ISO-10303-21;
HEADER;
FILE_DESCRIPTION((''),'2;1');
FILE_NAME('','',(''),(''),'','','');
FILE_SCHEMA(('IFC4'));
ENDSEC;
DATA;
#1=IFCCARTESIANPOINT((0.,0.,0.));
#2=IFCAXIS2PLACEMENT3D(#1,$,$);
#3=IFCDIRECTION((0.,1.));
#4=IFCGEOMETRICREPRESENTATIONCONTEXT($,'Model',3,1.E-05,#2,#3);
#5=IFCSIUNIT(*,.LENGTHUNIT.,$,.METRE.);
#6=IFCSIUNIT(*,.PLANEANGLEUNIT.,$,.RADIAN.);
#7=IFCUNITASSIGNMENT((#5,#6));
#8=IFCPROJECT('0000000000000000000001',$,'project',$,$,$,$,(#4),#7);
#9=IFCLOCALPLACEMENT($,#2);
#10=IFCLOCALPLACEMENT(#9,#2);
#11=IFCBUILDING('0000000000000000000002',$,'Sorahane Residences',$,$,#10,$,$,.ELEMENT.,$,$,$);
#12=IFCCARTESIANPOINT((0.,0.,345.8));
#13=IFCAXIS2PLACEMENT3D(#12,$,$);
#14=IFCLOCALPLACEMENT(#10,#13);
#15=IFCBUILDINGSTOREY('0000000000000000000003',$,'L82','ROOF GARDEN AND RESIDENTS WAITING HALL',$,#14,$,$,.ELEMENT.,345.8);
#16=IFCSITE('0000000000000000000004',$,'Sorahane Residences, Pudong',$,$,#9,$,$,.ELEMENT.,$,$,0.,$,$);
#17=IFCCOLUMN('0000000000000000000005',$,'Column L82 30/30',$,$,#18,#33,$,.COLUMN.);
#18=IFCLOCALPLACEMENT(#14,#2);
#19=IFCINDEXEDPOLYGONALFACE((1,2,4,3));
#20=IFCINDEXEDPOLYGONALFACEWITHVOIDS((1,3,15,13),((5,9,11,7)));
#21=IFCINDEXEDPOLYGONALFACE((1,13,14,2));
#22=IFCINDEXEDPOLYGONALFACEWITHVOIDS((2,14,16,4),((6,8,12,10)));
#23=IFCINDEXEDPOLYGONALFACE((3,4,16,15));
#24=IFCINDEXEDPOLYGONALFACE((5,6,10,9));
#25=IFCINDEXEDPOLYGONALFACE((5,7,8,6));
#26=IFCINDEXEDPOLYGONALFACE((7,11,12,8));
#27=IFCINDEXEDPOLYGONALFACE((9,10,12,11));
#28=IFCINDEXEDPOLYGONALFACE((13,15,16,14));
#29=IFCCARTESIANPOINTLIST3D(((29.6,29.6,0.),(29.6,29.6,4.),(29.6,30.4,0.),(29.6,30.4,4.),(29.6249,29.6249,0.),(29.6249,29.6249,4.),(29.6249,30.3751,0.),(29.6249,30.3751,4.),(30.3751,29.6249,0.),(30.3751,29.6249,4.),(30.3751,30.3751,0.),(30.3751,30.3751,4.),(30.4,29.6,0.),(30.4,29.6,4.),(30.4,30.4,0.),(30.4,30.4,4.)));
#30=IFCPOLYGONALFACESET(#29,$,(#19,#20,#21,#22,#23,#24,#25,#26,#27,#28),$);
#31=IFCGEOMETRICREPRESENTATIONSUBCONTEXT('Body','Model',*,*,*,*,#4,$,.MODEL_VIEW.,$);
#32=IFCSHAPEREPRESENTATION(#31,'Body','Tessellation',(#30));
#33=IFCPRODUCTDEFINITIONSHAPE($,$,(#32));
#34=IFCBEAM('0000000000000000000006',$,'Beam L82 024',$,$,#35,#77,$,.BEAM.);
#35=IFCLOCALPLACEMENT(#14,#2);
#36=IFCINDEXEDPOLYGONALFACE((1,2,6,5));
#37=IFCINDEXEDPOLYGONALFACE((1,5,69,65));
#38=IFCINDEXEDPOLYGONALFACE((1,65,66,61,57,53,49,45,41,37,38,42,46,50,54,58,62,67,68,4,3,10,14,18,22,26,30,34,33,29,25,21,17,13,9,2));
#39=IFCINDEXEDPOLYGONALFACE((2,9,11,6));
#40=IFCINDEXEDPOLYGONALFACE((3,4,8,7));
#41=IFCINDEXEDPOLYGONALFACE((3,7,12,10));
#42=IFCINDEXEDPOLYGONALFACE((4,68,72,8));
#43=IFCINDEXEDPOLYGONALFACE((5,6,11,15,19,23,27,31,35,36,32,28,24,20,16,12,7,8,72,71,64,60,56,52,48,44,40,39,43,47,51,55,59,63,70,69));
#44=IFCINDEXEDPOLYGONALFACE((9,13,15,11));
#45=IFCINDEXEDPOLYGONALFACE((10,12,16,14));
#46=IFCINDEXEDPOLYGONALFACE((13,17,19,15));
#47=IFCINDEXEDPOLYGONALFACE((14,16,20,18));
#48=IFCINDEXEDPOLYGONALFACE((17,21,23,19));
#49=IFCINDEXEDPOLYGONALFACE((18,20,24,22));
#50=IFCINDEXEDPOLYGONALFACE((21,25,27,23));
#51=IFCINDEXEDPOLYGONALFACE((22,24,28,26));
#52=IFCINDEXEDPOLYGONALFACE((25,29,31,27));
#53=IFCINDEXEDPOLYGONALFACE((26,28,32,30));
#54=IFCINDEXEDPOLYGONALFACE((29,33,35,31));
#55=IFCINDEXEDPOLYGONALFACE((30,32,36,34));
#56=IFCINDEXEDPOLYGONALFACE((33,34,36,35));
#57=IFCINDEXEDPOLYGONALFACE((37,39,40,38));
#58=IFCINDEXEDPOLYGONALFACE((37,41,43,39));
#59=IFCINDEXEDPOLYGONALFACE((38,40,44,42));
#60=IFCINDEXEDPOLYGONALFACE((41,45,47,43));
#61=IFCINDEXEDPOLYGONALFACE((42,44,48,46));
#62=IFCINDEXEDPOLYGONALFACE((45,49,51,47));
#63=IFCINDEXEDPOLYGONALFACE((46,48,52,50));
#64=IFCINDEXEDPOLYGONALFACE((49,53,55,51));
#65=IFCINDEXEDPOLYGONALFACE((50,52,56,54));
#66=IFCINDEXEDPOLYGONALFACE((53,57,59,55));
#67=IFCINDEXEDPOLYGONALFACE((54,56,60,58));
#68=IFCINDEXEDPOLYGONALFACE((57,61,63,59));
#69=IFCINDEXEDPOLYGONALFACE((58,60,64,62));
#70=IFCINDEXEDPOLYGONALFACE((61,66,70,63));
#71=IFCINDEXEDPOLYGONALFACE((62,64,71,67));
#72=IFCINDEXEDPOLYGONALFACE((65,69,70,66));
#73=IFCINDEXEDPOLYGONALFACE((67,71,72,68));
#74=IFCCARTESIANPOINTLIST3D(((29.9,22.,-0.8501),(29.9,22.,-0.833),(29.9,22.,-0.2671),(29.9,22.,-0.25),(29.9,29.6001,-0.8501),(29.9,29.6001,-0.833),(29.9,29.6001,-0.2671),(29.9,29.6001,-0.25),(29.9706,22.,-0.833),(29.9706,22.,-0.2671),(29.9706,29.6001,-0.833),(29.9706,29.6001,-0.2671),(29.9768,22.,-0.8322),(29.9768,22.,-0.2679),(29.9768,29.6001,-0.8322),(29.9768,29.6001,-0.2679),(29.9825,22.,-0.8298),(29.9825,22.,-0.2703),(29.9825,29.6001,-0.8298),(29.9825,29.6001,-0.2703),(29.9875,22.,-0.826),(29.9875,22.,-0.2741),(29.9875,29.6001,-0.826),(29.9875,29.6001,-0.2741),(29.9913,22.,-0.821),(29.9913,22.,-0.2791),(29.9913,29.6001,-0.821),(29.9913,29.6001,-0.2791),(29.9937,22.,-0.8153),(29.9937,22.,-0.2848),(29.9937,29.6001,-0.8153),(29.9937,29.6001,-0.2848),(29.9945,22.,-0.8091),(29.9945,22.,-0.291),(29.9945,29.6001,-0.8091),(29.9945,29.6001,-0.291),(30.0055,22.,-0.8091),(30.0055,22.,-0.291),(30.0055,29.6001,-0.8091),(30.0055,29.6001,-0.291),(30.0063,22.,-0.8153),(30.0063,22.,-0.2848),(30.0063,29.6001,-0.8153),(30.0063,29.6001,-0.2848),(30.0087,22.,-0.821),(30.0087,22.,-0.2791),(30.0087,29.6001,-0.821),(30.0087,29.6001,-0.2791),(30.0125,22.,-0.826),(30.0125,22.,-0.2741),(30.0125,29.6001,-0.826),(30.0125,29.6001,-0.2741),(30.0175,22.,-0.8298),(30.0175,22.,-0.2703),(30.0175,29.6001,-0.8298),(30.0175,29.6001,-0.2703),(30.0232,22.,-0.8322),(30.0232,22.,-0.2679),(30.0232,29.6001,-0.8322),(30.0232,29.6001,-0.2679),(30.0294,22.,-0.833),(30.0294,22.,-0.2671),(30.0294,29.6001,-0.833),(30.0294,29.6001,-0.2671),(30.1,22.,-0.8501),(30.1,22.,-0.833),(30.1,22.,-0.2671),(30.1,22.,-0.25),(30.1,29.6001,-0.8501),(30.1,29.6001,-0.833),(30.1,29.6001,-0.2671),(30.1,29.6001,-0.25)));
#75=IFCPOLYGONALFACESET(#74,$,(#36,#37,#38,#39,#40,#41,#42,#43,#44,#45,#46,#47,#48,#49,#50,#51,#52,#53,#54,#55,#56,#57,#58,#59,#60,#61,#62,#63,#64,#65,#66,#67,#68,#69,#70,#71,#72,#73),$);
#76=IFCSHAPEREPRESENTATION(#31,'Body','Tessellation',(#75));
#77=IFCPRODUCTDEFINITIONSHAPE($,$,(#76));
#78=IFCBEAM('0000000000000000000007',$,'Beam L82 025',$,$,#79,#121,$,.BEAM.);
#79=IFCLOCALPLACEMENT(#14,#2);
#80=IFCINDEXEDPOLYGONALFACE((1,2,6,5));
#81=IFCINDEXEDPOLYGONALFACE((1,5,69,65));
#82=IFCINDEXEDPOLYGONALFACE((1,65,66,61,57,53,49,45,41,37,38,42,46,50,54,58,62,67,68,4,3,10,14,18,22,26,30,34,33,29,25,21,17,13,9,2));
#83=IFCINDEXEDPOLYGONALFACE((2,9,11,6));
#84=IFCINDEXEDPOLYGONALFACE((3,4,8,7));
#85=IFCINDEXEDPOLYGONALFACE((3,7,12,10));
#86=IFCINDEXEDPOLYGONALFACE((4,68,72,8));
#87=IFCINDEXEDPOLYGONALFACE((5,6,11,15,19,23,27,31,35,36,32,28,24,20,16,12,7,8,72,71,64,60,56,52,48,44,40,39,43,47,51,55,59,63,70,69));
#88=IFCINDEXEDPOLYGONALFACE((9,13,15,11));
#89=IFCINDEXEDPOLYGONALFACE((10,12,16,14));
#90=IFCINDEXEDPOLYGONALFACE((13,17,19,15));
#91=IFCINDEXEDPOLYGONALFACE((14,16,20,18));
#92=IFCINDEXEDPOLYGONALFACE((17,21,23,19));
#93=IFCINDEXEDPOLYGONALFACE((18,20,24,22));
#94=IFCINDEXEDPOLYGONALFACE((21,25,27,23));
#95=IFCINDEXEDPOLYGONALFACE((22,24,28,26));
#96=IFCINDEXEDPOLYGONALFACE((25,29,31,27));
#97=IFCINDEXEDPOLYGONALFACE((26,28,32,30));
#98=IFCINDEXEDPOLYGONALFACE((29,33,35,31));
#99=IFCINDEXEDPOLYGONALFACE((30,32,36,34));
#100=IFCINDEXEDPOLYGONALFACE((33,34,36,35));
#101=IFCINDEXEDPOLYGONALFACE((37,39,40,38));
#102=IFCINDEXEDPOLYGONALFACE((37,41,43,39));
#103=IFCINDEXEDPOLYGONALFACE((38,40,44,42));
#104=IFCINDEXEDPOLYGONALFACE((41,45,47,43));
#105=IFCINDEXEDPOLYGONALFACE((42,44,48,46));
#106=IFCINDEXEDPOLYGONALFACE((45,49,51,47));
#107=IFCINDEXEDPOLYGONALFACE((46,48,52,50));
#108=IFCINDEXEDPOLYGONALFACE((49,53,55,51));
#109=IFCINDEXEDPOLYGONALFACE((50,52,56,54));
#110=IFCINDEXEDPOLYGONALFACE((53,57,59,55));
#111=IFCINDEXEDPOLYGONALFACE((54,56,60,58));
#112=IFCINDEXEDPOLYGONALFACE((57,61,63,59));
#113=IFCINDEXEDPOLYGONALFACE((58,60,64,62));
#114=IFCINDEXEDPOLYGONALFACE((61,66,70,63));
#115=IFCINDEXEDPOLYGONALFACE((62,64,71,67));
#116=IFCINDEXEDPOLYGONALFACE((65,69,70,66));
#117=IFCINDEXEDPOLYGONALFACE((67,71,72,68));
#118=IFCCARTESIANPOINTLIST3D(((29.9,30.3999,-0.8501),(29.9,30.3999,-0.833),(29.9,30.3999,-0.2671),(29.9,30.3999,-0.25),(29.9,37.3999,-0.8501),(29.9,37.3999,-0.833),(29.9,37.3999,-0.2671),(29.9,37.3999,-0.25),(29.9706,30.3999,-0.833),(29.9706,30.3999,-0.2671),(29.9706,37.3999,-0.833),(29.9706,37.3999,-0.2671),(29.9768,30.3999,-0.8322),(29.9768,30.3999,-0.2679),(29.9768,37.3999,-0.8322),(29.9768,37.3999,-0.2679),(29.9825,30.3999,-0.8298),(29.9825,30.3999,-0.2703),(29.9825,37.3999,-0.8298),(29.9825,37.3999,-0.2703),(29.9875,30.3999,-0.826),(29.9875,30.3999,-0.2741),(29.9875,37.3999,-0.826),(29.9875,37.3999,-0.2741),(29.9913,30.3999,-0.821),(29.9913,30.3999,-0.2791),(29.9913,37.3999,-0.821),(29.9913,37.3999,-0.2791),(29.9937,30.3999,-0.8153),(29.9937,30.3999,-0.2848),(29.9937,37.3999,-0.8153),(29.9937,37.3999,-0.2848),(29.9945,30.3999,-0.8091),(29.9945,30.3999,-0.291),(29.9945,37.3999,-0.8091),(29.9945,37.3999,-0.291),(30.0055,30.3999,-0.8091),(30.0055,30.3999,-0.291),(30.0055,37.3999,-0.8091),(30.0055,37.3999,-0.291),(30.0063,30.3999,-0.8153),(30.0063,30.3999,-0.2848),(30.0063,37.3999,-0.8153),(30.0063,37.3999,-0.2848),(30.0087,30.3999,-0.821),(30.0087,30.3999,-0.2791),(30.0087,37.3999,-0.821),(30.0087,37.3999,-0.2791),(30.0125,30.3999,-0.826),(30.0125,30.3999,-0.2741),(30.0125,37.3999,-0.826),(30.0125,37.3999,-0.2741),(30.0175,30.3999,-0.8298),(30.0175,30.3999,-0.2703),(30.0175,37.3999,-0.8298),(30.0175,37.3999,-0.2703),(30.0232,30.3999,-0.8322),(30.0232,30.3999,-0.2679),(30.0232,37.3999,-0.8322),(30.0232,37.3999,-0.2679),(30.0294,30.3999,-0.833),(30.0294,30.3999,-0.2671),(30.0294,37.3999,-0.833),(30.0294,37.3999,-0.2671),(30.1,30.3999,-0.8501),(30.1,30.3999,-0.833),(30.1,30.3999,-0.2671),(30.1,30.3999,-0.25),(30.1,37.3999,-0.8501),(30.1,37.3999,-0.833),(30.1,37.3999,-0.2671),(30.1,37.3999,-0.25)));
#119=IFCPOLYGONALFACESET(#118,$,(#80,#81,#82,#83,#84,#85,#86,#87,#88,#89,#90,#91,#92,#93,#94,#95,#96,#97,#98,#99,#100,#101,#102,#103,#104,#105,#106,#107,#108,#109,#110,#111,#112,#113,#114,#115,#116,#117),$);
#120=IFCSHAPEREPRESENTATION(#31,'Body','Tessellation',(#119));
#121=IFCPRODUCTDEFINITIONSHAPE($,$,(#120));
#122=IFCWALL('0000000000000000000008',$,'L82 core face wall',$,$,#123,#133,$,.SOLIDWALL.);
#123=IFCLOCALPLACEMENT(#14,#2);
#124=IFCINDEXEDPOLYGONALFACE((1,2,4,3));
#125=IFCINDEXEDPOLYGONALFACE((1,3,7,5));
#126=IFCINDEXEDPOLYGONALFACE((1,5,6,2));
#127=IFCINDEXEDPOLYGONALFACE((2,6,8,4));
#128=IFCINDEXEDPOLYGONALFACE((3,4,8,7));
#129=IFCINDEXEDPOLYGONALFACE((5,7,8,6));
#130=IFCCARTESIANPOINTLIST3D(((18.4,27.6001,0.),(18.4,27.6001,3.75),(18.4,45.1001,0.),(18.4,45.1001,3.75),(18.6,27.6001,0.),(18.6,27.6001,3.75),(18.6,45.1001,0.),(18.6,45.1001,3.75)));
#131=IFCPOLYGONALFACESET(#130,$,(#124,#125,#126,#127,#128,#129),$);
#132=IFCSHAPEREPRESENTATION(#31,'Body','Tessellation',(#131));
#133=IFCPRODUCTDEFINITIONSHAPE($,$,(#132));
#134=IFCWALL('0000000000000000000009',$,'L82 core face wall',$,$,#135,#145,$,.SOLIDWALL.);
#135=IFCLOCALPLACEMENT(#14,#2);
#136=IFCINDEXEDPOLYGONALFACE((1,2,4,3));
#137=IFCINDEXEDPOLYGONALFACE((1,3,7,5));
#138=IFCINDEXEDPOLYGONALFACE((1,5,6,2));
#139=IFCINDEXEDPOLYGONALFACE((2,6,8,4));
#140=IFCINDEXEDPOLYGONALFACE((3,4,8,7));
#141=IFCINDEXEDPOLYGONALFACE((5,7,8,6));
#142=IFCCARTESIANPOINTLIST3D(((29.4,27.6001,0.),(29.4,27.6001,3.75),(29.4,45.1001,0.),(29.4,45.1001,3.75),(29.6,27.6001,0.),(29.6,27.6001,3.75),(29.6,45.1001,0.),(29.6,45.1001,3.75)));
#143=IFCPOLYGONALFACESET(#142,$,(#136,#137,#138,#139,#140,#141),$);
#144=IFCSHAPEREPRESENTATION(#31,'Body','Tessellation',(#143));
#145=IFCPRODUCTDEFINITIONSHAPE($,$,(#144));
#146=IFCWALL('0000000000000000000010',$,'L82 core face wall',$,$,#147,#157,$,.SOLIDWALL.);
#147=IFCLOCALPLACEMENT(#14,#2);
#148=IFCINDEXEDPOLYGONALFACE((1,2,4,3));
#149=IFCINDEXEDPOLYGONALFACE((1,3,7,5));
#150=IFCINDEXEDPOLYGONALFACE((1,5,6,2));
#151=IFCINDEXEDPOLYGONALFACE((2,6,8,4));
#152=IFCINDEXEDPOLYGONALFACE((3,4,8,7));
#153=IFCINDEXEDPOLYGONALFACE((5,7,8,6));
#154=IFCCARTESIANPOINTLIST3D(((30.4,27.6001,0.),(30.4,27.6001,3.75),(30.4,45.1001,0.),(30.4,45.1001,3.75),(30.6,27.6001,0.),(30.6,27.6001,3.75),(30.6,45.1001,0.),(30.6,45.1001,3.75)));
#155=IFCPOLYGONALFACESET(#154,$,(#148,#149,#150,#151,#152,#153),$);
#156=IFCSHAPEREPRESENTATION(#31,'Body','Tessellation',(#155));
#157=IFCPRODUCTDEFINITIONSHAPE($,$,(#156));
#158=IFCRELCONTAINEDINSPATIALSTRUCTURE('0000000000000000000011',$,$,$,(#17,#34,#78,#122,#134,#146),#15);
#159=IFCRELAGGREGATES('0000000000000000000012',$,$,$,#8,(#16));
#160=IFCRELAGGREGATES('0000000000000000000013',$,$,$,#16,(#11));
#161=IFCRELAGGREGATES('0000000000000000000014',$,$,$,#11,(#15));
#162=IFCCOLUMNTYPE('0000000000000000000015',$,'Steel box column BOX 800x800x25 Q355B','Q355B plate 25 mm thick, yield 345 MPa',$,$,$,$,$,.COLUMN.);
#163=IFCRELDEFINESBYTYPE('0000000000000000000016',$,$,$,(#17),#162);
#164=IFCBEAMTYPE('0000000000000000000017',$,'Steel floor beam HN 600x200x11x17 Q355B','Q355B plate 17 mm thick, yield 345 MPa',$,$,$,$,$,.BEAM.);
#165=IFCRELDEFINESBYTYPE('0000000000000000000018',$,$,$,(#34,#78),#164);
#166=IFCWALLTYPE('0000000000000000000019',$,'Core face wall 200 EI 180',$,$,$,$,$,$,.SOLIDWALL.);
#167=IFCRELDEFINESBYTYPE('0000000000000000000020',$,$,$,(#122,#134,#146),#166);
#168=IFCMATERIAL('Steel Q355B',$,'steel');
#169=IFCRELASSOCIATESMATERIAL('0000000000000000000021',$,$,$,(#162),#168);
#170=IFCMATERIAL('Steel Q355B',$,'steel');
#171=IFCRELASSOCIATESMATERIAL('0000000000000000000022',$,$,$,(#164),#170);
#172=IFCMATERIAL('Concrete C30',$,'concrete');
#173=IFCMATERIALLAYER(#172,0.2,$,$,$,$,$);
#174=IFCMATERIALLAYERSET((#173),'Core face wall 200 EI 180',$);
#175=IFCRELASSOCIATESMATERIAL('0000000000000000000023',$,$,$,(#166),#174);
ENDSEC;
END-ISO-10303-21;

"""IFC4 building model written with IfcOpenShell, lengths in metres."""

from ifc_helpers import new_model, si_unit, direction, frame, frame_2d, origin, origin_2d, place, context, subcontext, project, spatial, rectangle, hollow_rectangle, i_section, extrude, material, layer, layer_set, material_profile, profile_set, type_object, element, save


model = new_model("IFC4")

# Units and contexts
model_context = context("Model", 3, precision=1e-05, world=origin(), true_north=direction((0.0, 1.0)))
body_context = subcontext(model_context, "Body", "Model", "MODEL_VIEW")
ifc_project = project(units=[si_unit("LENGTHUNIT", "METRE"), si_unit("PLANEANGLEUNIT", "RADIAN")], contexts=[model_context])

# Site, building, storey
site_placement = place(None, origin())
site = spatial("IfcSite", under=ifc_project, at=site_placement, Name="Sorahane Residences, Pudong", CompositionType="ELEMENT", RefElevation=0.0)
building_placement = place(site_placement, origin())
building = spatial("IfcBuilding", under=site, at=building_placement, Name="Sorahane Residences", CompositionType="ELEMENT")
storey_placement = place(building_placement, frame((0.0, 0.0, 345.8)))
storey = spatial("IfcBuildingStorey", under=building, at=storey_placement, Name="L82", Description="ROOF GARDEN AND RESIDENTS WAITING HALL", CompositionType="ELEMENT", Elevation=345.8)

# Column
ifc_material_1 = material(Name="Steel Q355B", Category="steel")
ifc_material_profile_1 = material_profile(ifc_material_1, hollow_rectangle(XDim=0.8, YDim=0.8, WallThickness=0.0249, at=origin_2d()), Name="BOX 800x800x25")
ifc_profile_set_1 = profile_set([ifc_material_profile_1], Name="Steel Q355B")
column_type = type_object("IfcColumnType", Name="Steel box column BOX 800x800x25 Q355B", Description="Q355B plate 25 mm thick, yield 345 MPa", PredefinedType="COLUMN", material=ifc_profile_set_1)
column_placement = place(storey_placement, frame((30.0, 30.0, 0.0), z_axis=(0.0, 0.0, 1.0), x_axis=(1.0, 0.0, 0.0)))
element("IfcColumn", 1, at=column_placement, inside=storey, type_object=column_type, Name="Column L82 30/30", PredefinedType="COLUMN", context=body_context, shape_type="SweptSolid", body=[
    extrude(hollow_rectangle(XDim=0.8, YDim=0.8, WallThickness=0.0249, at=origin_2d()), origin(), (0.0, 0.0, 1.0), 4.0),
])

# Beams
ifc_material_2 = material(Name="Steel Q355B", Category="steel")
ifc_material_profile_2 = material_profile(ifc_material_2, i_section(OverallWidth=0.2, OverallDepth=0.6001, WebThickness=0.011, FlangeThickness=0.0171, FilletRadius=0.0239, at=origin_2d()), Name="HN 600x200x11x17")
ifc_profile_set_2 = profile_set([ifc_material_profile_2], Name="Steel Q355B")
beam_type = type_object("IfcBeamType", Name="Steel floor beam HN 600x200x11x17 Q355B", Description="Q355B plate 17 mm thick, yield 345 MPa", PredefinedType="BEAM", material=ifc_profile_set_2)
beam_1_placement = place(storey_placement, frame((30.0, 22.0, -0.55), z_axis=(0.0, 1.0, 0.0), x_axis=(-1.0, 0.0, 0.0)))
element("IfcBeam", 2, at=beam_1_placement, inside=storey, type_object=beam_type, Name="Beam L82 024", PredefinedType="BEAM", context=body_context, shape_type="SweptSolid", body=[
    extrude(i_section(OverallWidth=0.2, OverallDepth=0.6001, WebThickness=0.011, FlangeThickness=0.0171, FilletRadius=0.0239, at=origin_2d()), origin(), (0.0, 0.0, 1.0), 7.6001),
])
beam_2_placement = place(storey_placement, frame((30.0, 30.3999, -0.55), z_axis=(0.0, 1.0, 0.0), x_axis=(-1.0, 0.0, 0.0)))
element("IfcBeam", 3, at=beam_2_placement, inside=storey, type_object=beam_type, Name="Beam L82 025", PredefinedType="BEAM", context=body_context, shape_type="SweptSolid", body=[
    extrude(i_section(OverallWidth=0.2, OverallDepth=0.6001, WebThickness=0.011, FlangeThickness=0.0171, FilletRadius=0.0239, at=origin_2d()), origin(), (0.0, 0.0, 1.0), 7.0),
])

# Walls
ifc_material_3 = material(Name="Concrete C30", Category="concrete")
ifc_layer_1 = layer(ifc_material_3, 0.2)
ifc_layer_set_1 = layer_set([ifc_layer_1], Name="Core face wall 200 EI 180")
wall_type_1 = type_object("IfcWallType", Name="Core face wall 200 EI 180", PredefinedType="SOLIDWALL", material=ifc_layer_set_1)
for number, where, z_axis, x_axis, name in (
    (4, (18.5, 27.6001, 0.0), (0.0, 0.0, 1.0), (0.0, 1.0, 0.0), "L82 core face wall"),
    (5, (29.5, 27.6001, 0.0), (0.0, 0.0, 1.0), (0.0, 1.0, 0.0), "L82 core face wall"),
    (6, (30.5, 27.6001, 0.0), (0.0, 0.0, 1.0), (0.0, 1.0, 0.0), "L82 core face wall"),
):
    element("IfcWall", number, at=place(storey_placement, frame(where, z_axis=z_axis, x_axis=x_axis)), inside=storey, type_object=wall_type_1, Name=name, PredefinedType="SOLIDWALL", context=body_context, shape_type="SweptSolid", body=[
        extrude(rectangle(XDim=17.5, YDim=0.2, at=frame_2d((8.75, 0.0))), origin(), (0.0, 0.0, 1.0), 3.75),
    ])

save(model, "model.ifc")
